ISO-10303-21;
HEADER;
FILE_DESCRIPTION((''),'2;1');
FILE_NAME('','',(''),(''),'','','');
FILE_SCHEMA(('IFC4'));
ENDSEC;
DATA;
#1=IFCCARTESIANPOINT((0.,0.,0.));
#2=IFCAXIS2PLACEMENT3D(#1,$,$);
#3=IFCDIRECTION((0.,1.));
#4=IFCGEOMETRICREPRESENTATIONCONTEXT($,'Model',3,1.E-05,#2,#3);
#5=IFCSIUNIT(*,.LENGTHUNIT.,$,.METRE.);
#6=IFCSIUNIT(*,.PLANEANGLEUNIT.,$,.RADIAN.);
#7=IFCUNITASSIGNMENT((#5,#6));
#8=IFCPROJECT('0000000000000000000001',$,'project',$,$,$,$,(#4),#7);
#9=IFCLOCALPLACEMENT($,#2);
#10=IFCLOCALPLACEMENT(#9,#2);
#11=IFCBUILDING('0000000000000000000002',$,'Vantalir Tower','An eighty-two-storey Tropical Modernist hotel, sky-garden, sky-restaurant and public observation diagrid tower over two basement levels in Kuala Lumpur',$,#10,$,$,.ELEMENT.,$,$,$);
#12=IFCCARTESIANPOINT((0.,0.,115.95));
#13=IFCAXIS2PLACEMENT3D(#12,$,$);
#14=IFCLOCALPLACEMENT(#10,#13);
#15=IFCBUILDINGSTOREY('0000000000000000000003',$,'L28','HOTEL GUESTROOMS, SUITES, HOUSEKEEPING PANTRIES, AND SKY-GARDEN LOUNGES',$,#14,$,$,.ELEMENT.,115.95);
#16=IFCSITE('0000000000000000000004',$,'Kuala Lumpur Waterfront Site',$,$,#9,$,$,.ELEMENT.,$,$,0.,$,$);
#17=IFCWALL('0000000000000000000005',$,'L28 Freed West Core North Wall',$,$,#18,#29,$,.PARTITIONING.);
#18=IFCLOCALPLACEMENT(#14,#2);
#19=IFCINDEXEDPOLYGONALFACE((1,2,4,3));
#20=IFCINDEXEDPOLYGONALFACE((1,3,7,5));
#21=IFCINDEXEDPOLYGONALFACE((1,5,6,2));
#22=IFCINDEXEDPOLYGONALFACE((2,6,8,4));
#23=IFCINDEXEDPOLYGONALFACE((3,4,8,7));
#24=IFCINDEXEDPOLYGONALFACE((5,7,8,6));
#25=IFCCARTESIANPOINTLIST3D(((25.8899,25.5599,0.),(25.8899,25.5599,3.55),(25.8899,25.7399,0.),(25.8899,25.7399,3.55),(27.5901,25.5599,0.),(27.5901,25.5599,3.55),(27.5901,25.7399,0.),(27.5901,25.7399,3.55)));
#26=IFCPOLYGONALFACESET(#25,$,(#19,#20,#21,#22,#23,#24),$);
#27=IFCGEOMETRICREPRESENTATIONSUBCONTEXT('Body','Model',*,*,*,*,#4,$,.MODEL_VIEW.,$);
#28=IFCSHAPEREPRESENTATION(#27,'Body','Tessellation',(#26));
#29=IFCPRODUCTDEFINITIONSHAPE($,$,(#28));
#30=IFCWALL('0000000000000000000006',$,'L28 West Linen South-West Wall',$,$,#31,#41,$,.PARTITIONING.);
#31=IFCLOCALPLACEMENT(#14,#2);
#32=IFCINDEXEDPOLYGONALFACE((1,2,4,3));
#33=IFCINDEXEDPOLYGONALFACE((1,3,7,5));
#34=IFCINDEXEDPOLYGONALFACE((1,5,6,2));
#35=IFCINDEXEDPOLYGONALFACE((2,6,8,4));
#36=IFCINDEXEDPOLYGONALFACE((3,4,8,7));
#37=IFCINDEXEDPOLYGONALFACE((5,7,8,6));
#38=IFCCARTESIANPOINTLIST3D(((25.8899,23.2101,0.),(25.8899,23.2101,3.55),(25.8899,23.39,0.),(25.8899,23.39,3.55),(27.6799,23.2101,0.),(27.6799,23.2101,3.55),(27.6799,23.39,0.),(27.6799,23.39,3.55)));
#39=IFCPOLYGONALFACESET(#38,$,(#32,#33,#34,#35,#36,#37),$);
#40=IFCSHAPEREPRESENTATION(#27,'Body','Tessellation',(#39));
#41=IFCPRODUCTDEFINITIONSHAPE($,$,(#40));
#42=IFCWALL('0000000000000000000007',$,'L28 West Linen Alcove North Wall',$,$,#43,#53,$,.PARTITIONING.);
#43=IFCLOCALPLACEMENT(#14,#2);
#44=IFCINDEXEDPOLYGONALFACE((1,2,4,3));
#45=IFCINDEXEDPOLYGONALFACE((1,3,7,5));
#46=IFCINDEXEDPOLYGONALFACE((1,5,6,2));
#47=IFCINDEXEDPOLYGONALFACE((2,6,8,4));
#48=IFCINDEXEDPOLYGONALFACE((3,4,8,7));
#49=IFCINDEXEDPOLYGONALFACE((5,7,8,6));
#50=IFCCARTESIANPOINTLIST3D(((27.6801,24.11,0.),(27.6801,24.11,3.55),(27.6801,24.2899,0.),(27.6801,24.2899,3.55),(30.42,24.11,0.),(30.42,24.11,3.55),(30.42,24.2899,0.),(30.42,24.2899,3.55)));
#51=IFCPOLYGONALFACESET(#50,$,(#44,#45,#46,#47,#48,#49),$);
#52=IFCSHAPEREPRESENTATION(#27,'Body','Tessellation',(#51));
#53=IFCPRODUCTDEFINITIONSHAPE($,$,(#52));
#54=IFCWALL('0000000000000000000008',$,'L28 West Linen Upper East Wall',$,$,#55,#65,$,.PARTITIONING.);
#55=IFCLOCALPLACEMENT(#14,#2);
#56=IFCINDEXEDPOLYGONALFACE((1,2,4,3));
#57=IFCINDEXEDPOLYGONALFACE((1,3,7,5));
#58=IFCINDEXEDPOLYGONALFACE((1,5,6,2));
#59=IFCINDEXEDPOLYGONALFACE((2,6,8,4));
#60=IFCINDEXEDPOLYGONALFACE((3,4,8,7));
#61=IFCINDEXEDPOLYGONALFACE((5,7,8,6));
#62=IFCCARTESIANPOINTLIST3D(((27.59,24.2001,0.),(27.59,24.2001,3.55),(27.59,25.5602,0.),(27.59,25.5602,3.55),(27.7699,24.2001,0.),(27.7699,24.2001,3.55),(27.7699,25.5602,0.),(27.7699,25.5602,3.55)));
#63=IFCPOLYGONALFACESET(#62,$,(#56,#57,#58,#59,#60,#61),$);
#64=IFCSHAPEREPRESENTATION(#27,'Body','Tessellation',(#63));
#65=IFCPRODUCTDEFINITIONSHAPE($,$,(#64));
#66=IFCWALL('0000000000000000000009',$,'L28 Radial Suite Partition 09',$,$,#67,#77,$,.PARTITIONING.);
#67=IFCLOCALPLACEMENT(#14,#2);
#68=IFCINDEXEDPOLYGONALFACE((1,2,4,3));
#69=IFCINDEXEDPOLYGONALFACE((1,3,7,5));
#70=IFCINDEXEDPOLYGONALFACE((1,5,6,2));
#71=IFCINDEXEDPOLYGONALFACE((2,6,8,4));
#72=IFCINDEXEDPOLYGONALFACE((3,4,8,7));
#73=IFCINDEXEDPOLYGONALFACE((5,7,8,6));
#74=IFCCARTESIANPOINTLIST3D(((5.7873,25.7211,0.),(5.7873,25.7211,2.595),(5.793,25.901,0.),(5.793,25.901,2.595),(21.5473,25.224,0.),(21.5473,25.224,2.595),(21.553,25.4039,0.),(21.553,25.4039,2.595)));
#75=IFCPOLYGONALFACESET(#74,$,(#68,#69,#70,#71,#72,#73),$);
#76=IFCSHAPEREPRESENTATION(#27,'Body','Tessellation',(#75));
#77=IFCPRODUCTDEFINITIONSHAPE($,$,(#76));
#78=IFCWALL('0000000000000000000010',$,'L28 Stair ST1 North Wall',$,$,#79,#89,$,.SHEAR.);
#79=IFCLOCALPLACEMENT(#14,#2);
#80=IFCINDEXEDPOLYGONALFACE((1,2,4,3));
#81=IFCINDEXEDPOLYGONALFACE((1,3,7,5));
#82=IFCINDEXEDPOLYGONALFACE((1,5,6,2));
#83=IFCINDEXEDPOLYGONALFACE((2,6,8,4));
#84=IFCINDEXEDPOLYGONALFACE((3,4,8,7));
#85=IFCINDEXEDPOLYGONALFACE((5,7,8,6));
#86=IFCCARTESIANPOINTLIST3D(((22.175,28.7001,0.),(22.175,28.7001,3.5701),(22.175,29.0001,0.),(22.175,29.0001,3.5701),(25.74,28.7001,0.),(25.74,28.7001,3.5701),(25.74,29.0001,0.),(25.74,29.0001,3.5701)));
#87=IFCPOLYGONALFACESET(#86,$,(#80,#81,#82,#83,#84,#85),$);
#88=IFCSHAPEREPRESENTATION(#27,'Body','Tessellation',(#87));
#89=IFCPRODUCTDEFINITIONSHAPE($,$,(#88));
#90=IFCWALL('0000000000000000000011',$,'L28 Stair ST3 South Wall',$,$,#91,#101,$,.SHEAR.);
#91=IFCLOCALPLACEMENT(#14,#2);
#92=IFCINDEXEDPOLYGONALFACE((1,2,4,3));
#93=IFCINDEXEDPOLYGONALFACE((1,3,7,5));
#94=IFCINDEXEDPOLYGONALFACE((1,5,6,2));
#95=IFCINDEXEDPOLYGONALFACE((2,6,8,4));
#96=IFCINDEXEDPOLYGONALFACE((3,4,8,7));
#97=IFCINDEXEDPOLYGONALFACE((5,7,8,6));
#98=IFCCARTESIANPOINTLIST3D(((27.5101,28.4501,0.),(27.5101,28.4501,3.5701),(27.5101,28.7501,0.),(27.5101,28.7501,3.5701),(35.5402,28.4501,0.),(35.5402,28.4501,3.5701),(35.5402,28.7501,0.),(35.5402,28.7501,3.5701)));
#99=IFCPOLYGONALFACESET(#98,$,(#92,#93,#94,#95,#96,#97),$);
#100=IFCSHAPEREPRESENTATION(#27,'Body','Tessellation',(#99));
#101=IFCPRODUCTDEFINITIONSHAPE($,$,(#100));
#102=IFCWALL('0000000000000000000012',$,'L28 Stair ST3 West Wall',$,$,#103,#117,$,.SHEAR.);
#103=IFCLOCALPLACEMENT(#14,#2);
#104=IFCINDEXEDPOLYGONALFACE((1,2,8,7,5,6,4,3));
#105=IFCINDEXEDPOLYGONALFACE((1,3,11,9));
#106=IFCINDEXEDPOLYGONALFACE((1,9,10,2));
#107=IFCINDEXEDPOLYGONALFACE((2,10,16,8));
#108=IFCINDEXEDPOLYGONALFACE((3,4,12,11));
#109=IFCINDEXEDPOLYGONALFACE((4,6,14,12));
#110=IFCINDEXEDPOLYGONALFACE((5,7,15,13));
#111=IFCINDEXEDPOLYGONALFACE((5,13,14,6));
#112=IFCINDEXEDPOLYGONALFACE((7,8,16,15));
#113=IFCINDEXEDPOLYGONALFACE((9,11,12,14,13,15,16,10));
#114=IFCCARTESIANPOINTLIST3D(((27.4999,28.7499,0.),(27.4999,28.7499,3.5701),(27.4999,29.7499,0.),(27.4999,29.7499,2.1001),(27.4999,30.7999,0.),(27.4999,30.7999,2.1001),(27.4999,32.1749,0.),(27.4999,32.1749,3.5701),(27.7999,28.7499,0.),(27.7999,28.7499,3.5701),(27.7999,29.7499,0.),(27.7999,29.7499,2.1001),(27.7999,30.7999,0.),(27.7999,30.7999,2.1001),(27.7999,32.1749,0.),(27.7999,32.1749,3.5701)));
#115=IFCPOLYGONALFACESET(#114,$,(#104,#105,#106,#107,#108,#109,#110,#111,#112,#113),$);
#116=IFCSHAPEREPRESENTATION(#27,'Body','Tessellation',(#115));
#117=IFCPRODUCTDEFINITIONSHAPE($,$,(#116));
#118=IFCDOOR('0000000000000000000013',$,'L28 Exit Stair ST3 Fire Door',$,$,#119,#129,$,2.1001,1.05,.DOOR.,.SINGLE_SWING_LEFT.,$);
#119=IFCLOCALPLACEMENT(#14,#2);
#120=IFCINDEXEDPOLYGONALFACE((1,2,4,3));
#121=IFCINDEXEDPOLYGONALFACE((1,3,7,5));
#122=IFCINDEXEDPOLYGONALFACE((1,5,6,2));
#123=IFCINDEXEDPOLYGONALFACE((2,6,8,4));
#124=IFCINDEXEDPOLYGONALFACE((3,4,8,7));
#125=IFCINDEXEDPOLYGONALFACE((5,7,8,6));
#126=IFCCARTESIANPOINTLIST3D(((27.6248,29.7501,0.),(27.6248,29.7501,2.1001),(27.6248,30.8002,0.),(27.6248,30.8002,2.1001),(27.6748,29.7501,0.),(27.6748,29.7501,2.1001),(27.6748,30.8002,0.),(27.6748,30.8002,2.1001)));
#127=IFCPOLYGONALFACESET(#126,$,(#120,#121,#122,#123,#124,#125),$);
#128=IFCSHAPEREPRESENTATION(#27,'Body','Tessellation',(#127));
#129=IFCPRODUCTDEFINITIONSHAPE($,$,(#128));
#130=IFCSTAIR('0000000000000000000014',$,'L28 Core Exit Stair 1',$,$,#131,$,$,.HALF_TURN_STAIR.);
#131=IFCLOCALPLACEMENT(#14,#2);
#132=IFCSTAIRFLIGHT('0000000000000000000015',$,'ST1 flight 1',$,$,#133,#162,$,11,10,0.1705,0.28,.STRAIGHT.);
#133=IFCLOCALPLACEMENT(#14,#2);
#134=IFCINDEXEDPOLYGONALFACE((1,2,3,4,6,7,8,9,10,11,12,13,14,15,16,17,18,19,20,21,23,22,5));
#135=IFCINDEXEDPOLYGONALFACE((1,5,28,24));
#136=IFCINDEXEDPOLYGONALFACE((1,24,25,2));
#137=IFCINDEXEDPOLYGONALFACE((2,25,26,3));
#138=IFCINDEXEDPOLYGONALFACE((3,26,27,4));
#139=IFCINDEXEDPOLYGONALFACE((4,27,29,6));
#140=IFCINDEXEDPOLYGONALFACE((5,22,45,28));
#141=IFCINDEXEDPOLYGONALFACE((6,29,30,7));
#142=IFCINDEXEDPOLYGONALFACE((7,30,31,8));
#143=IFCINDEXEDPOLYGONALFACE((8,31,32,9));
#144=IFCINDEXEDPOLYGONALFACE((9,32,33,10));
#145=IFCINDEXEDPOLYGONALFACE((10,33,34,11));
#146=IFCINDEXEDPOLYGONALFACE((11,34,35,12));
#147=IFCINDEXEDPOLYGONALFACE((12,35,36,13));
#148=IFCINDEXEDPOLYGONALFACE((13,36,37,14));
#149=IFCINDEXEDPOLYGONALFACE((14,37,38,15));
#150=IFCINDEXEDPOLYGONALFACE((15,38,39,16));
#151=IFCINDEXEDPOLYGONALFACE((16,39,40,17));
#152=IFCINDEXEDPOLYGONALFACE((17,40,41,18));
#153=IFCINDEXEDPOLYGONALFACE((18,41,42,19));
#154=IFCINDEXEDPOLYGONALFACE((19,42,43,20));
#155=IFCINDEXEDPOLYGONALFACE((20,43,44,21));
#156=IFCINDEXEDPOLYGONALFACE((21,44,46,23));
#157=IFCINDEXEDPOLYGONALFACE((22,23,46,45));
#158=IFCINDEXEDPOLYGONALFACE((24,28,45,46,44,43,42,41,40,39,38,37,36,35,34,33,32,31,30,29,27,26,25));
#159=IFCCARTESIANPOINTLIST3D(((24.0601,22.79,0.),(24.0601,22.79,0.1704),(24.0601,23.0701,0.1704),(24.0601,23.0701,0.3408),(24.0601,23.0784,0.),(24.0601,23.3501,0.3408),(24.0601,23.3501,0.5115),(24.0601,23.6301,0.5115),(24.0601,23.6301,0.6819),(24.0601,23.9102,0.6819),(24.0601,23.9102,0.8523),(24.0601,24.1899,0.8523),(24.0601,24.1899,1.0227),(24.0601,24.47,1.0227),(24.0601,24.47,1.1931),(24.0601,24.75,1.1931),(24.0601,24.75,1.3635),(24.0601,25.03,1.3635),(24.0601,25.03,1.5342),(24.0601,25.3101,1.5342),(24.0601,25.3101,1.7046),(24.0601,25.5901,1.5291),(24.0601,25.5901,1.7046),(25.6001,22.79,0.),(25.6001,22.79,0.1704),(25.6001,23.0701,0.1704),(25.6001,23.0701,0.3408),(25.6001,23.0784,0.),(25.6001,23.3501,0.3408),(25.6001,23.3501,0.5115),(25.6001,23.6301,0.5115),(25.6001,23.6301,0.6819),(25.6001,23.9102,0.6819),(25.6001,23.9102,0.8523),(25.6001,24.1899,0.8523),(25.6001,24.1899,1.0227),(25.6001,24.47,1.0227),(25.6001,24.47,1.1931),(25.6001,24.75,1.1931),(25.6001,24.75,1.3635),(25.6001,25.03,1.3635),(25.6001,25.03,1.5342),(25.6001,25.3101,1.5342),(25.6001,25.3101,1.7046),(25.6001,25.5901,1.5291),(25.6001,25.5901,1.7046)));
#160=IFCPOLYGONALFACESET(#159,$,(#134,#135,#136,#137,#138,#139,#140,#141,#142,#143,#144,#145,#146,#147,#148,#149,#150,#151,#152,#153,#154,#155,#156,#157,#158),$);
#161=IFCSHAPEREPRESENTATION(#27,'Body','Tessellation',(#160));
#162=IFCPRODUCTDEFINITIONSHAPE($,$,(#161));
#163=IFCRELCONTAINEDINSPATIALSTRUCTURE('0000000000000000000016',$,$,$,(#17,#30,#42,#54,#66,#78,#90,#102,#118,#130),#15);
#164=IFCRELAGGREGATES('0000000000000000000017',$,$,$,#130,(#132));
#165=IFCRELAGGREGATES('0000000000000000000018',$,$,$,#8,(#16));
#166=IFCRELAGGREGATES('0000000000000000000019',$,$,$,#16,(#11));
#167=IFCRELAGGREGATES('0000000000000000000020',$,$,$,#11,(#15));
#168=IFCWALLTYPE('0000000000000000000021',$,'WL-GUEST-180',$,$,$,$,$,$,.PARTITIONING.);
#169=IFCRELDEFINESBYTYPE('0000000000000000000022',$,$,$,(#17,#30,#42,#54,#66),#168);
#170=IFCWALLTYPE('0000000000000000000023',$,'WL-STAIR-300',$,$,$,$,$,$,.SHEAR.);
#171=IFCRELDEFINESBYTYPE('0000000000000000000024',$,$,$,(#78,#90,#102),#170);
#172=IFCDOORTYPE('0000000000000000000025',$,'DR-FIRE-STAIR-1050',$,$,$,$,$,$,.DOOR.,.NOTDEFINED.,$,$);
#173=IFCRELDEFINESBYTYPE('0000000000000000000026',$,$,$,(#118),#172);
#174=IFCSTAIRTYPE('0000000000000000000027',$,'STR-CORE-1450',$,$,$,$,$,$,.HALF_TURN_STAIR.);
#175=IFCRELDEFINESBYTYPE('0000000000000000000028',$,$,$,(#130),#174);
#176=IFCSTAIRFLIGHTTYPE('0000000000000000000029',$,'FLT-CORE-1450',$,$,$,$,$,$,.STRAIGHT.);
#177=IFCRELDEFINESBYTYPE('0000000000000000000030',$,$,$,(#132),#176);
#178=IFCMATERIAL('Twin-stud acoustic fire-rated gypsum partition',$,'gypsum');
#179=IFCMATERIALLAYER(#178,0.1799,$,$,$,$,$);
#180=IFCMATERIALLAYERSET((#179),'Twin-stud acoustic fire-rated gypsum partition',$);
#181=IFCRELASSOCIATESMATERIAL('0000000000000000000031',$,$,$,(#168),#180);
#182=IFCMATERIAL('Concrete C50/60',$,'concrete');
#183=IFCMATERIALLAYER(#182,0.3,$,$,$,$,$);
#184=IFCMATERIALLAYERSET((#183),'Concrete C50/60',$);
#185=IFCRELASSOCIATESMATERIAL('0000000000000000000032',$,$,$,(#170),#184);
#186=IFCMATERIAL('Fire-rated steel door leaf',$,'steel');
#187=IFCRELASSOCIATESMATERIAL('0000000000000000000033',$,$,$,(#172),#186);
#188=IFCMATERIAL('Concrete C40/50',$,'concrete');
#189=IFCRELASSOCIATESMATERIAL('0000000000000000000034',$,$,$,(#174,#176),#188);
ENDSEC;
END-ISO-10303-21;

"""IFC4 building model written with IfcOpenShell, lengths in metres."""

from ifc_helpers import new_model, si_unit, direction, frame, frame_2d, origin, place, context, subcontext, project, spatial, polyline, rectangle, outline, extrude, material, layer, layer_set, type_object, element, fill, aggregate, save


model = new_model("IFC4")

# Units and contexts
model_context = context("Model", 3, precision=1e-05, world=origin(), true_north=direction((0.0, 1.0)))
body_context = subcontext(model_context, "Body", "Model", "MODEL_VIEW")
ifc_project = project(units=[si_unit("LENGTHUNIT", "METRE"), si_unit("PLANEANGLEUNIT", "RADIAN")], contexts=[model_context])

# Site, building, storey
site_placement = place(None, origin())
site = spatial("IfcSite", under=ifc_project, at=site_placement, Name="Kuala Lumpur Waterfront Site", CompositionType="ELEMENT", RefElevation=0.0)
building_placement = place(site_placement, origin())
building = spatial("IfcBuilding", under=site, at=building_placement, Name="Vantalir Tower", Description="An eighty-two-storey Tropical Modernist hotel, sky-garden, sky-restaurant and public observation diagrid tower over two basement levels in Kuala Lumpur", CompositionType="ELEMENT")
storey_placement = place(building_placement, frame((0.0, 0.0, 115.95)))
storey = spatial("IfcBuildingStorey", under=building, at=storey_placement, Name="L28", Description="HOTEL GUESTROOMS, SUITES, HOUSEKEEPING PANTRIES, AND SKY-GARDEN LOUNGES", CompositionType="ELEMENT", Elevation=115.95)

# Walls
ifc_material_1 = material(Name="Twin-stud acoustic fire-rated gypsum partition", Category="gypsum")
ifc_layer_1 = layer(ifc_material_1, 0.1799)
ifc_layer_set_1 = layer_set([ifc_layer_1], Name="Twin-stud acoustic fire-rated gypsum partition")
wall_type_1 = type_object("IfcWallType", Name="WL-GUEST-180", PredefinedType="PARTITIONING", material=ifc_layer_set_1)
wall_1_placement = place(storey_placement, frame((25.8899, 25.6499, 0.0), z_axis=(0.0, 0.0, 1.0), x_axis=(1.0, 0.0, 0.0)))
element("IfcWall", 1, at=wall_1_placement, inside=storey, type_object=wall_type_1, Name="L28 Freed West Core North Wall", PredefinedType="PARTITIONING", context=body_context, shape_type="SweptSolid", body=[
    extrude(rectangle(XDim=1.7002, YDim=0.1799, at=frame_2d((0.8501, 0.0))), origin(), (0.0, 0.0, 1.0), 3.55),
])
wall_2_placement = place(storey_placement, frame((25.8899, 23.3, 0.0), z_axis=(0.0, 0.0, 1.0), x_axis=(1.0, 0.0, 0.0)))
element("IfcWall", 2, at=wall_2_placement, inside=storey, type_object=wall_type_1, Name="L28 West Linen South-West Wall", PredefinedType="PARTITIONING", context=body_context, shape_type="SweptSolid", body=[
    extrude(rectangle(XDim=1.79, YDim=0.1799, at=frame_2d((0.895, 0.0))), origin(), (0.0, 0.0, 1.0), 3.55),
])
wall_3_placement = place(storey_placement, frame((27.6799, 24.2, 0.0), z_axis=(0.0, 0.0, 1.0), x_axis=(1.0, 0.0, 0.0)))
element("IfcWall", 3, at=wall_3_placement, inside=storey, type_object=wall_type_1, Name="L28 West Linen Alcove North Wall", PredefinedType="PARTITIONING", context=body_context, shape_type="SweptSolid", body=[
    extrude(rectangle(XDim=2.74, YDim=0.1799, at=frame_2d((1.3701, 0.0))), origin(), (0.0, 0.0, 1.0), 3.55),
])
wall_4_placement = place(storey_placement, frame((27.6799, 24.2, 0.0), z_axis=(0.0, 0.0, 1.0), x_axis=(0.0, 1.0, 0.0)))
element("IfcWall", 4, at=wall_4_placement, inside=storey, type_object=wall_type_1, Name="L28 West Linen Upper East Wall", PredefinedType="PARTITIONING", context=body_context, shape_type="SweptSolid", body=[
    extrude(rectangle(XDim=1.3601, YDim=0.1799, at=frame_2d((0.6802, 0.0))), origin(), (0.0, 0.0, 1.0), 3.55),
])
wall_5_placement = place(storey_placement, frame((21.55, 25.314, 0.0), z_axis=(0.0, 0.0, 1.0), x_axis=(-0.999503, 0.031524, 0.0)))
element("IfcWall", 5, at=wall_5_placement, inside=storey, type_object=wall_type_1, Name="L28 Radial Suite Partition 09", PredefinedType="PARTITIONING", context=body_context, shape_type="SweptSolid", body=[
    extrude(rectangle(XDim=15.7678, YDim=0.1799, at=frame_2d((7.8838, 0.0))), origin(), (0.0, 0.0, 1.0), 2.595),
])
ifc_material_2 = material(Name="Concrete C50/60", Category="concrete")
ifc_layer_2 = layer(ifc_material_2, 0.3)
ifc_layer_set_2 = layer_set([ifc_layer_2], Name="Concrete C50/60")
wall_type_2 = type_object("IfcWallType", Name="WL-STAIR-300", PredefinedType="SHEAR", material=ifc_layer_set_2)
wall_6_placement = place(storey_placement, frame((22.175, 28.8501, 0.0), z_axis=(0.0, 0.0, 1.0), x_axis=(1.0, 0.0, 0.0)))
element("IfcWall", 6, at=wall_6_placement, inside=storey, type_object=wall_type_2, Name="L28 Stair ST1 North Wall", PredefinedType="SHEAR", context=body_context, shape_type="SweptSolid", body=[
    extrude(rectangle(XDim=3.5649, YDim=0.3, at=frame_2d((1.7825, 0.0))), origin(), (0.0, 0.0, 1.0), 3.5701),
])
wall_7_placement = place(storey_placement, frame((27.51, 28.6001, 0.0), z_axis=(0.0, 0.0, 1.0), x_axis=(1.0, 0.0, 0.0)))
element("IfcWall", 7, at=wall_7_placement, inside=storey, type_object=wall_type_2, Name="L28 Stair ST3 South Wall", PredefinedType="SHEAR", context=body_context, shape_type="SweptSolid", body=[
    extrude(rectangle(XDim=8.03, YDim=0.3, at=frame_2d((4.0151, 0.0))), origin(), (0.0, 0.0, 1.0), 3.5701),
])

# Wall, opening, door
wall_8_placement = place(storey_placement, frame((27.6499, 28.75, 0.0), z_axis=(0.0, 0.0, 1.0), x_axis=(0.0, 1.0, 0.0)))
wall_8 = element("IfcWall", 8, at=wall_8_placement, inside=storey, type_object=wall_type_2, Name="L28 Stair ST3 West Wall", PredefinedType="SHEAR", context=body_context, shape_type="SweptSolid", body=[
    extrude(rectangle(XDim=3.425, YDim=0.3, at=frame_2d((1.7124, 0.0))), origin(), (0.0, 0.0, 1.0), 3.5701),
])
opening_1_placement = place(wall_8_placement, frame((1.0, 0.0, 0.0)))
opening_1 = element("IfcOpeningElement", 9, at=opening_1_placement, cuts=wall_8, PredefinedType="OPENING", context=body_context, shape_type="SweptSolid", body=[
    extrude(rectangle(XDim=1.05, YDim=2.1001, at=frame_2d((0.5249, 1.05))), frame((0.0, 0.1599, 0.0), z_axis=(0.0, -1.0, 0.0), x_axis=(1.0, 0.0, 0.0)), (0.0, 0.0, 1.0), 0.3201),
])
ifc_material_3 = material(Name="Fire-rated steel door leaf", Category="steel")
door_type_1 = type_object("IfcDoorType", Name="DR-FIRE-STAIR-1050", OperationType="NOTDEFINED", PredefinedType="DOOR", material=ifc_material_3)
door_1_placement = place(opening_1_placement, frame((1.05, 0.0, 0.0), z_axis=(0.0, 0.0, 1.0), x_axis=(-1.0, 0.0, 0.0)))
door_1 = element("IfcDoor", 10, at=door_1_placement, inside=storey, type_object=door_type_1, Name="L28 Exit Stair ST3 Fire Door", OperationType="SINGLE_SWING_LEFT", OverallHeight=2.1001, OverallWidth=1.05, PredefinedType="DOOR", context=body_context, shape_type="SweptSolid", body=[
    extrude(rectangle(XDim=1.05, YDim=2.1001, at=frame_2d((0.5249, 1.05))), frame((0.0, 0.0249, 0.0), z_axis=(0.0, -1.0, 0.0), x_axis=(1.0, 0.0, 0.0)), (0.0, 0.0, 1.0), 0.05),
])
fill(opening_1, door_1)

# Stair, stair flight
ifc_material_4 = material(Name="Concrete C40/50", Category="concrete")
stair_type = type_object("IfcStairType", Name="STR-CORE-1450", PredefinedType="HALF_TURN_STAIR", material=ifc_material_4)
stair_placement = place(storey_placement, origin())
stair = element("IfcStair", 11, at=stair_placement, inside=storey, type_object=stair_type, Name="L28 Core Exit Stair 1", PredefinedType="HALF_TURN_STAIR")
stair_flight_type = type_object("IfcStairFlightType", Name="FLT-CORE-1450", PredefinedType="STRAIGHT", material=ifc_material_4)
stair_flight_1_placement = place(storey_placement, frame((24.8301, 22.79, 0.0), z_axis=(0.0, 0.0, 1.0), x_axis=(0.0, 1.0, 0.0)))
stair_flight_1 = element("IfcStairFlight", 12, at=stair_flight_1_placement, type_object=stair_flight_type, Name="ST1 flight 1", NumberOfRisers=11, NumberOfTreads=10, PredefinedType="STRAIGHT", RiserHeight=0.1705, TreadLength=0.28, context=body_context, shape_type="SweptSolid", body=[
    extrude(outline(polyline([(0.0, 0.0), (0.0, 0.1704), (0.28, 0.1704), (0.28, 0.3408), (0.5601, 0.3408), (0.5601, 0.5115), (0.8401, 0.5115), (0.8401, 0.6819), (1.1201, 0.6819), (1.1201, 0.8523), (1.3999, 0.8523), (1.3999, 1.0227), (1.6799, 1.0227), (1.6799, 1.1931), (1.96, 1.1931), (1.96, 1.3635), (2.24, 1.3635), (2.24, 1.5342), (2.52, 1.5342), (2.52, 1.7046), (2.8, 1.7046), (2.8, 1.875), (2.8, 1.5291), (0.2883, 0.0), (0.0, 0.0)])), frame((0.0, 0.77, 0.0), z_axis=(0.0, -1.0, 0.0), x_axis=(1.0, 0.0, 0.0)), (0.0, 0.0, 1.0), 1.54),
])
aggregate(stair, [stair_flight_1])

save(model, "model.ifc")
